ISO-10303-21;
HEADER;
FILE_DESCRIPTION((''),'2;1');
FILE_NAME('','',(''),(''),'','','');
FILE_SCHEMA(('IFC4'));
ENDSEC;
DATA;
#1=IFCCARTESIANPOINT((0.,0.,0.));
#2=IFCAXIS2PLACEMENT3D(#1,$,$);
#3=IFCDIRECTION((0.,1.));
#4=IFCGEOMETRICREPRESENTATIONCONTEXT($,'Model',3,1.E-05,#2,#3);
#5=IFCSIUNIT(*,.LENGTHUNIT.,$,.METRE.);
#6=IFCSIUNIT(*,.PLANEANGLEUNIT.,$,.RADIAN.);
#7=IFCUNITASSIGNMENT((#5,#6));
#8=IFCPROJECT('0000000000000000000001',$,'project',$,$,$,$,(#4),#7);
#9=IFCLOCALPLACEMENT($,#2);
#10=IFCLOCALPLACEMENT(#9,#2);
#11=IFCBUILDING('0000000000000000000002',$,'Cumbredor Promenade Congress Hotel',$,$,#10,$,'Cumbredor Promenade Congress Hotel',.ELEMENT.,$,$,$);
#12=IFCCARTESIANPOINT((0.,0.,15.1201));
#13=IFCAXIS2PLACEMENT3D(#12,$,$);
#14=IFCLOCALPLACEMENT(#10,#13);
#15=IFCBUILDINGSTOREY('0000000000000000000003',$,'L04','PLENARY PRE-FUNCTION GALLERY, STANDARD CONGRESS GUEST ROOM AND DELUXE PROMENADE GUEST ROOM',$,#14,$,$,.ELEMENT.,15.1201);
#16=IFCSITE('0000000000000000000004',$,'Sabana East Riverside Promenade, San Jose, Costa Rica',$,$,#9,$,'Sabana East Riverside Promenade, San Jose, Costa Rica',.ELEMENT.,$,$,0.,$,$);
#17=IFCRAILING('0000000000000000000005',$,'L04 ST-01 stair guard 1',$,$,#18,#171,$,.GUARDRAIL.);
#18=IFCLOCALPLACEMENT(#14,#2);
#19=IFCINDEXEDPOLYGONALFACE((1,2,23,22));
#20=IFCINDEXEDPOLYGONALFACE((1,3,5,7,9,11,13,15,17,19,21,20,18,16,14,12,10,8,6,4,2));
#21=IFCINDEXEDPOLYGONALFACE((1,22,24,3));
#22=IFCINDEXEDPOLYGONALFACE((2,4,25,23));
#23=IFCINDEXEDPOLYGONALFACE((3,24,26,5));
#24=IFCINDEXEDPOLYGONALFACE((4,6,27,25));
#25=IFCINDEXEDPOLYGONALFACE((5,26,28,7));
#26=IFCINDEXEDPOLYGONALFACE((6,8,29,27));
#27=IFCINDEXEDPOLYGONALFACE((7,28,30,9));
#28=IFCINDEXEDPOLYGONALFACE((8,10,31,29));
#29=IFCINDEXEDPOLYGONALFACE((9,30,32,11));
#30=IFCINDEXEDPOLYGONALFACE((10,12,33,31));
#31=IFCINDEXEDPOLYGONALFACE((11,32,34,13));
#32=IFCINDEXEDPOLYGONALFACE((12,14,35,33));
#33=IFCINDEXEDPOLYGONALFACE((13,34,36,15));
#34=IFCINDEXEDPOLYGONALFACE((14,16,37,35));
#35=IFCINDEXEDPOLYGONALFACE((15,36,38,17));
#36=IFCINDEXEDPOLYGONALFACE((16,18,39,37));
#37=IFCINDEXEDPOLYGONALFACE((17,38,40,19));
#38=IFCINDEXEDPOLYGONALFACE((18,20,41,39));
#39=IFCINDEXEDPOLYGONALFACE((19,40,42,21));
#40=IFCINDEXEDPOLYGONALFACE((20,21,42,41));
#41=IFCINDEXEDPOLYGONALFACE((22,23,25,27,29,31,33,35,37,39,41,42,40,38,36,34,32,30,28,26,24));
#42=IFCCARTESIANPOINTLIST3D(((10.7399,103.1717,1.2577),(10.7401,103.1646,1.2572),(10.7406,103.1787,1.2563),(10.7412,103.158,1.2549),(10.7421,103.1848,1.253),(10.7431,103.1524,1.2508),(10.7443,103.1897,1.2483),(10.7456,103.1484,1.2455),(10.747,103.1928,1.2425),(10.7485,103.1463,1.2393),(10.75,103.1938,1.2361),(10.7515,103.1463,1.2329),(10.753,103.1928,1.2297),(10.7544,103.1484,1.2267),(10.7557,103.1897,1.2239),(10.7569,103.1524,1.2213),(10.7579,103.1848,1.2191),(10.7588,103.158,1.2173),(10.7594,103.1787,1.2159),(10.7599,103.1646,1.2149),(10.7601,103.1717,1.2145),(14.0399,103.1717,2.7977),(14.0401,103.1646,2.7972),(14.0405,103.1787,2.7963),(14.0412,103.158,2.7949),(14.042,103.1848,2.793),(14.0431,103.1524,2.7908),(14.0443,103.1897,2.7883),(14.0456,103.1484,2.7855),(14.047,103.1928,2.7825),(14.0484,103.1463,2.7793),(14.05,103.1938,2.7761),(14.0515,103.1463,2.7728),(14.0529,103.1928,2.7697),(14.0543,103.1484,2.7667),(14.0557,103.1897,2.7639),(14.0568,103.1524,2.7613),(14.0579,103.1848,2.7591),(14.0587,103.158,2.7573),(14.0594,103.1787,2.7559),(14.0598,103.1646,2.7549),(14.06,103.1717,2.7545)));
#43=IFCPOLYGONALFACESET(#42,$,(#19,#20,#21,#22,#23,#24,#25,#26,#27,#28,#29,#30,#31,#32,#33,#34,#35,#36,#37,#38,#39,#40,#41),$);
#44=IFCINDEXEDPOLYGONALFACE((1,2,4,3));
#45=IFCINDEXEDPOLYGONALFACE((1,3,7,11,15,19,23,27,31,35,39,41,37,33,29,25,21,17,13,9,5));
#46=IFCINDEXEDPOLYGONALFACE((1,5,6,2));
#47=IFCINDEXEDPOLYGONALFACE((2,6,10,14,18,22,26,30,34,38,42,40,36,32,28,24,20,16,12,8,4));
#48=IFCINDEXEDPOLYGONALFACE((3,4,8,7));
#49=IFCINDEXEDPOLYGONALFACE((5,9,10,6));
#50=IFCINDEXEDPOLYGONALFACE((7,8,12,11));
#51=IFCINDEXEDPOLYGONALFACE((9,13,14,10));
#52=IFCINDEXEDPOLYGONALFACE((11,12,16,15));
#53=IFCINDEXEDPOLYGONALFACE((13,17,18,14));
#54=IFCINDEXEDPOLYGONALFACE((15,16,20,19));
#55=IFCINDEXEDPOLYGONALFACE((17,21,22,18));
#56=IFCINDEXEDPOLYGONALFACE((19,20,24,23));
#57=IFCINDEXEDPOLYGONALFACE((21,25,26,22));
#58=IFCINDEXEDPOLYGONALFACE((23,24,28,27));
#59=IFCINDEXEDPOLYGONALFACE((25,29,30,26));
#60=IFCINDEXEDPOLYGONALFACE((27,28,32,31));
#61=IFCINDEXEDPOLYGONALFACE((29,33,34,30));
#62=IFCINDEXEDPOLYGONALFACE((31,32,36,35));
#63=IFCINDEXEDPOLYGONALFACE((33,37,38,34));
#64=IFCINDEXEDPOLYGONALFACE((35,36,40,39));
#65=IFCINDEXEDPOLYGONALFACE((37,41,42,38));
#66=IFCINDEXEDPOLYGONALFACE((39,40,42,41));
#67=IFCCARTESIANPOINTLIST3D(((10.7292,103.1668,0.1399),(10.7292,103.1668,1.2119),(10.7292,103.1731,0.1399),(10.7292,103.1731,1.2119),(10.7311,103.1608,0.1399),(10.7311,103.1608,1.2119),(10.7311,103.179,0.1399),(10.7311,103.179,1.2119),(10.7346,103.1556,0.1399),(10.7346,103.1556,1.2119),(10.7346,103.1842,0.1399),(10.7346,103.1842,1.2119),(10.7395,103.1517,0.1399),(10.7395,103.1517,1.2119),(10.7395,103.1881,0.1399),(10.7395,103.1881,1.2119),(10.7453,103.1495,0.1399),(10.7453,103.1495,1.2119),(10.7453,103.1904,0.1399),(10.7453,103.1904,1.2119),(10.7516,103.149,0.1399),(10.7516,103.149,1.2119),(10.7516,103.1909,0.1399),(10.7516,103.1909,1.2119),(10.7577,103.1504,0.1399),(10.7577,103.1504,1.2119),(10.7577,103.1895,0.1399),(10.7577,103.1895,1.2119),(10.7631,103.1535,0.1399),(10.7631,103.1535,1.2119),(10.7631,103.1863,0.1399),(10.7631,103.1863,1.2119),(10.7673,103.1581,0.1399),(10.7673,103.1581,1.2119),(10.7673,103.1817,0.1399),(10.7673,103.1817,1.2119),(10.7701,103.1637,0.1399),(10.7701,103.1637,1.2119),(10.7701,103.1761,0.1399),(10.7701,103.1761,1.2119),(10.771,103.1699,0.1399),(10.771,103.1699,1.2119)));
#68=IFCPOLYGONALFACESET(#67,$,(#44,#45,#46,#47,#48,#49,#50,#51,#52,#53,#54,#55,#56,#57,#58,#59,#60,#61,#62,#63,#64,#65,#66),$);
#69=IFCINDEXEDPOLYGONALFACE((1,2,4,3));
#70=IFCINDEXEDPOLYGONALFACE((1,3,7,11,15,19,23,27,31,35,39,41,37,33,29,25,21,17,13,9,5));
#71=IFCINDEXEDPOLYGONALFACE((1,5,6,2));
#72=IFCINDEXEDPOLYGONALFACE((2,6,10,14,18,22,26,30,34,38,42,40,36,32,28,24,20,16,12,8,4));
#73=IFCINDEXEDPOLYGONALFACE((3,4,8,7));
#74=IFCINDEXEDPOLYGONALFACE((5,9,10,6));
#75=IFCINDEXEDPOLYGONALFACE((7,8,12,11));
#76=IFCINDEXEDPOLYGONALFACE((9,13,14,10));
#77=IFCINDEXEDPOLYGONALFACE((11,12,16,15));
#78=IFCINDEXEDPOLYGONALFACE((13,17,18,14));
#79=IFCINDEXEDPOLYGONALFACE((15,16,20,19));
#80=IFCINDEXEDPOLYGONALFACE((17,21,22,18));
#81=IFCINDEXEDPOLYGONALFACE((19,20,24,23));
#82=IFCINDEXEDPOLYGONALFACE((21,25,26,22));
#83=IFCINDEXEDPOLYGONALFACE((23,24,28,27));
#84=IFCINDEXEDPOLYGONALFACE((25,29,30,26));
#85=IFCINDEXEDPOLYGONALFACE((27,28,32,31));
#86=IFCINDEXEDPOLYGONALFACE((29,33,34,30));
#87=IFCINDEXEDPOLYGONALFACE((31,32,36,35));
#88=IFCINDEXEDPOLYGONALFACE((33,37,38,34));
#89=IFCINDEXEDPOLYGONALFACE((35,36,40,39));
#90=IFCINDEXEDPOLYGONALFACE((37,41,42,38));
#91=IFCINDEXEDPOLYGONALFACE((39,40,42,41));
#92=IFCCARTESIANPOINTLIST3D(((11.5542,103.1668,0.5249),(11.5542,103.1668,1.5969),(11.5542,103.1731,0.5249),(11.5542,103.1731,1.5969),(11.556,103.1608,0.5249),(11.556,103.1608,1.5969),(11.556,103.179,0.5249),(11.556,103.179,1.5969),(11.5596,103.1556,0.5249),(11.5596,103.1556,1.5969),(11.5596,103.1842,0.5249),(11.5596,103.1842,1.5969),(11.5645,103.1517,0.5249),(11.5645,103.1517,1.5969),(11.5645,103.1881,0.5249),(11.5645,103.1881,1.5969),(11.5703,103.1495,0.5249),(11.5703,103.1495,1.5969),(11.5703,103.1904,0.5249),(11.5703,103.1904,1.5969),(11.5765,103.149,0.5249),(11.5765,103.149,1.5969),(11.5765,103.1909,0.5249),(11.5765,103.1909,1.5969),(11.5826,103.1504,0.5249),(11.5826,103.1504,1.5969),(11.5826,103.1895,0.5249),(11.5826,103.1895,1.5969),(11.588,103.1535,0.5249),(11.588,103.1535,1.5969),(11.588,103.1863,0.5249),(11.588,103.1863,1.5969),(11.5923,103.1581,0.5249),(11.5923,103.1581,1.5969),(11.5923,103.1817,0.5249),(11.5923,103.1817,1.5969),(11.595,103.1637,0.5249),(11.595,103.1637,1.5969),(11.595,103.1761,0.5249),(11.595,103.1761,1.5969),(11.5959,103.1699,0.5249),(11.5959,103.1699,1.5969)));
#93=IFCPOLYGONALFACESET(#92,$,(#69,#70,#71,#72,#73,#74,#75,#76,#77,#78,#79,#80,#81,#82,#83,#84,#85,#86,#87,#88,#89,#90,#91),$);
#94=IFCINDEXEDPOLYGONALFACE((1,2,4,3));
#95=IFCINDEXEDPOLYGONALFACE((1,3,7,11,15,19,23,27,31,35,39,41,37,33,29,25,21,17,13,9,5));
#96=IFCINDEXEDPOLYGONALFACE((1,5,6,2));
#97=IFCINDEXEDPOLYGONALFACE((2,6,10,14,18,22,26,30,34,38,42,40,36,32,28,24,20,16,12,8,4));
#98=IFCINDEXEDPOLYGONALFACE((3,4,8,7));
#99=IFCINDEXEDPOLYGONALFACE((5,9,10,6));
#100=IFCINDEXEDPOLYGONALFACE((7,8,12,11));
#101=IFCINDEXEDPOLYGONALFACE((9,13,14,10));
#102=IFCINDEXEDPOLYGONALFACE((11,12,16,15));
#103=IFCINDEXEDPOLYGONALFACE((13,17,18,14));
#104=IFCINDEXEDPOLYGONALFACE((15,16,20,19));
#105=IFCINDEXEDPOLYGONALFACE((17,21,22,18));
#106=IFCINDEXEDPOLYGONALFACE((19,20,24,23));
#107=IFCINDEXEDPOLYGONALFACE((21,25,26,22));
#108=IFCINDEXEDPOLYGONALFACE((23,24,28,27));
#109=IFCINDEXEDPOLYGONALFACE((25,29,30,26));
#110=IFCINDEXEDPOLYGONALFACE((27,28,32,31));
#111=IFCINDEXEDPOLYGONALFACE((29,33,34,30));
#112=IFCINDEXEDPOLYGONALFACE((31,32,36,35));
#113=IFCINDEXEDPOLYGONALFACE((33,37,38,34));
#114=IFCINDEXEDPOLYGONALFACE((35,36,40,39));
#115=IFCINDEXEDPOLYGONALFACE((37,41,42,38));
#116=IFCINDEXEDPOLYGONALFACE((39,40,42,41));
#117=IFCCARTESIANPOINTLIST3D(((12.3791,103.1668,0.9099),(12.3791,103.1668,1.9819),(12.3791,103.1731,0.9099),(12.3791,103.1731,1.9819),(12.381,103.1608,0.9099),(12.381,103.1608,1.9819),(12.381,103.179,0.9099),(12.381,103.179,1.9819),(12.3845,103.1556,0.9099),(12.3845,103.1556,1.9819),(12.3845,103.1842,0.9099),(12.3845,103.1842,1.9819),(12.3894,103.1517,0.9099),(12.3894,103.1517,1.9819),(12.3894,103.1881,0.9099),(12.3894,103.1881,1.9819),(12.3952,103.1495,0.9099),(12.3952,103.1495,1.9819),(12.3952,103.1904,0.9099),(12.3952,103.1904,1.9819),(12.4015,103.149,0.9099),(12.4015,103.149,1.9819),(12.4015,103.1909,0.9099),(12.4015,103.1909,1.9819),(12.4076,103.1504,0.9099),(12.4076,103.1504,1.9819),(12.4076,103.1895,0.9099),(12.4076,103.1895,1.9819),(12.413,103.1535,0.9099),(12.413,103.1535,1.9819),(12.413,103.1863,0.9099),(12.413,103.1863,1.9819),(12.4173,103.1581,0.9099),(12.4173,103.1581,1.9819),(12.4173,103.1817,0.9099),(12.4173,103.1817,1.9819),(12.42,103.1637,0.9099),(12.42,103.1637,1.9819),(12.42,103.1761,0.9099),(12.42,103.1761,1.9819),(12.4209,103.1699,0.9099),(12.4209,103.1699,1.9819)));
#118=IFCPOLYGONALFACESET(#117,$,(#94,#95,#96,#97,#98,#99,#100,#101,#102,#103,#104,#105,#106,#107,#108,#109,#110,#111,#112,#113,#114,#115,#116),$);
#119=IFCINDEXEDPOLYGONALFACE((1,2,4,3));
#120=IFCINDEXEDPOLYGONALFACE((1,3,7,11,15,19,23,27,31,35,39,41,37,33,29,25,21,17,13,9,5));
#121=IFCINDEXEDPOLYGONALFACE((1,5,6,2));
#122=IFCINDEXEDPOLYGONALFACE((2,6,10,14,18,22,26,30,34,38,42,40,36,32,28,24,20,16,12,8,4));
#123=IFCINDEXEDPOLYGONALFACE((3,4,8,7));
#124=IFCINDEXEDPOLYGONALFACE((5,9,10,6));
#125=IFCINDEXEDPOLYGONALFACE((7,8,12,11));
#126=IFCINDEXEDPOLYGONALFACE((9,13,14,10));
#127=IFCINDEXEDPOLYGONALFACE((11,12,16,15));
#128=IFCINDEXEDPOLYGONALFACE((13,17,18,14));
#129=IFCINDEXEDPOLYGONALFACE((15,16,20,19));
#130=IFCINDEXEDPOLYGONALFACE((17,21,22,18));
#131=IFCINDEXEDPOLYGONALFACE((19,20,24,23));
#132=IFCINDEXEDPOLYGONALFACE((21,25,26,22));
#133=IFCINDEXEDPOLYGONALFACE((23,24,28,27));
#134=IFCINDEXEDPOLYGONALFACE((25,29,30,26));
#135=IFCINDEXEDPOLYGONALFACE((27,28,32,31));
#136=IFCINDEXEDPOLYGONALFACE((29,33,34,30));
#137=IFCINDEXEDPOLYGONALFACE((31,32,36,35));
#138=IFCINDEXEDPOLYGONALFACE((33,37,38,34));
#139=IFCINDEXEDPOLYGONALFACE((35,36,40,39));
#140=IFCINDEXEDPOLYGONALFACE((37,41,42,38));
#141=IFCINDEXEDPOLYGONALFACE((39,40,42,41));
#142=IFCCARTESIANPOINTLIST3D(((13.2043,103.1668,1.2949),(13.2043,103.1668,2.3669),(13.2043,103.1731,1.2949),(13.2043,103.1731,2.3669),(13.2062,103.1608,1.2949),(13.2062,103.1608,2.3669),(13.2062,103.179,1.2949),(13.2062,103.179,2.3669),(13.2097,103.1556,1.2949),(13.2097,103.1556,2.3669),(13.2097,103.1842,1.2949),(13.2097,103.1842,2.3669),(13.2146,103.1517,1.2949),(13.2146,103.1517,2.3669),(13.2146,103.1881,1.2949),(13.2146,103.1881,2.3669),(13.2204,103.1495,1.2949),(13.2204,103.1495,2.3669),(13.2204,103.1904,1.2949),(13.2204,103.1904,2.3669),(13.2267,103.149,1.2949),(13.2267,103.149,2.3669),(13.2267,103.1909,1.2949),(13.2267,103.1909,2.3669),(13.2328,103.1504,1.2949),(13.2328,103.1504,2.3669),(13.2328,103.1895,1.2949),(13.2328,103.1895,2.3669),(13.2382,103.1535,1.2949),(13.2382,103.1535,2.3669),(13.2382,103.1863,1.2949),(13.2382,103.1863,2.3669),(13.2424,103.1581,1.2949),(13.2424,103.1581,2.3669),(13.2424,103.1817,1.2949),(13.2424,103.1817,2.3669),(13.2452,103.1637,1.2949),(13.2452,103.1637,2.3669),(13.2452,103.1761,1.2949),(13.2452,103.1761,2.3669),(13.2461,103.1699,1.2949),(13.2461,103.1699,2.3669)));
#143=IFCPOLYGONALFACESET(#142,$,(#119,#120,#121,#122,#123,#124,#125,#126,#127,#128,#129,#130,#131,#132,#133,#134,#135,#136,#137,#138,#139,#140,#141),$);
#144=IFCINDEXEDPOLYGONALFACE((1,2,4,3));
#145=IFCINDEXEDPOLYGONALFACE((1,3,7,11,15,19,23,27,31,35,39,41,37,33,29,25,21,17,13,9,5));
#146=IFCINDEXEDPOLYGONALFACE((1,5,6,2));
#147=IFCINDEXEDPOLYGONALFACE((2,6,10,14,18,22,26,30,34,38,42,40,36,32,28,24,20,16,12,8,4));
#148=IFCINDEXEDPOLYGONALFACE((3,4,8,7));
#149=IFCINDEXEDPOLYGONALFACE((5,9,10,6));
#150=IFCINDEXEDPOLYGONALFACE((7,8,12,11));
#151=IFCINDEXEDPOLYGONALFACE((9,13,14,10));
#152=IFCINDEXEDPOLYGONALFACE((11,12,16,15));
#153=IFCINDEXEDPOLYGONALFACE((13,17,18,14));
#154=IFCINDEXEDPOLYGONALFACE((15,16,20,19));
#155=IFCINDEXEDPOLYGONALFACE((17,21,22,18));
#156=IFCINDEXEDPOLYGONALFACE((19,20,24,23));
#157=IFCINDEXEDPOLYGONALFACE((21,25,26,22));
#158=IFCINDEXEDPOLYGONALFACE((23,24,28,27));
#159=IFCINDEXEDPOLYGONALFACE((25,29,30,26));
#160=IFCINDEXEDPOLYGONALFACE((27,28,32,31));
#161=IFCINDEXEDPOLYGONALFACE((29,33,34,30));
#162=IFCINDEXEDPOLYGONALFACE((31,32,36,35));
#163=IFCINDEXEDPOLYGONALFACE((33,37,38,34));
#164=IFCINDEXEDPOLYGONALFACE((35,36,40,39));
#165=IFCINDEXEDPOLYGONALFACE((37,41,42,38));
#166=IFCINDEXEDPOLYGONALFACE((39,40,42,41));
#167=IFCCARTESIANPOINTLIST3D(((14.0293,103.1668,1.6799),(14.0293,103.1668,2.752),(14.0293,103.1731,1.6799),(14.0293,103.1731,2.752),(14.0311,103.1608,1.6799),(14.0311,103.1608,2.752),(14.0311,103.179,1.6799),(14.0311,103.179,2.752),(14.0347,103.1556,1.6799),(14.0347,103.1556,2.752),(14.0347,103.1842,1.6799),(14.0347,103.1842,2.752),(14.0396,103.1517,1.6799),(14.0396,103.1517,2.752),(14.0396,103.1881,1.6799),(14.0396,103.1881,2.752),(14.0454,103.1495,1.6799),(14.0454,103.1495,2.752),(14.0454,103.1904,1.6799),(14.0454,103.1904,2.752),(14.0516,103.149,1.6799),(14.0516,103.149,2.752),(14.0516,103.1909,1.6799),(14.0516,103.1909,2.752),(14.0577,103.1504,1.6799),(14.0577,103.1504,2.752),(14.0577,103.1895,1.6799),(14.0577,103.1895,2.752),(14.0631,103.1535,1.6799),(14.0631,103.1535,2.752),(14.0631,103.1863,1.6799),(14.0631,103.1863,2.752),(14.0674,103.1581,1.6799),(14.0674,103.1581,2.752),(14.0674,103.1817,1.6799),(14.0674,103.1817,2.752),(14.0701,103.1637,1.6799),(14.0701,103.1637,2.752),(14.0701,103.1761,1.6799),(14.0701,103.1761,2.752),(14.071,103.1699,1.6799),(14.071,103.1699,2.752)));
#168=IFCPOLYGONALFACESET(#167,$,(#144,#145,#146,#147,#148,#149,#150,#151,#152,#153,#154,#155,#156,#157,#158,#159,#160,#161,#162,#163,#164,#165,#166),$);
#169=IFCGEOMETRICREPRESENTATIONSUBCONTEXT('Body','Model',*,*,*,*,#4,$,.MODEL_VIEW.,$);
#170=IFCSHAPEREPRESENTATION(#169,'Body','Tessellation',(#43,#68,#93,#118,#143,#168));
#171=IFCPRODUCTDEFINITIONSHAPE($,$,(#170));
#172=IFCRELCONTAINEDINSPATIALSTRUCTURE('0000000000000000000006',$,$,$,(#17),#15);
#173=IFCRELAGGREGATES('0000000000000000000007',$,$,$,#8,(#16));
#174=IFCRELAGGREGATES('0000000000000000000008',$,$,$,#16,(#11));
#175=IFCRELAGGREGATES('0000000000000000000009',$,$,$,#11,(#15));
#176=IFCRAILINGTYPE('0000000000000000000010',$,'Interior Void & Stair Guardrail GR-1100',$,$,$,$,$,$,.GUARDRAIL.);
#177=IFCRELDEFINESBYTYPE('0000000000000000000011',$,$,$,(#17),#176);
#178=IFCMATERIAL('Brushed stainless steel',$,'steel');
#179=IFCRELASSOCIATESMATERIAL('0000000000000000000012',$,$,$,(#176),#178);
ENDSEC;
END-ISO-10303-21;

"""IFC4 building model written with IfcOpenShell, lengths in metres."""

from ifc_helpers import new_model, si_unit, direction, frame, origin, origin_2d, place, context, subcontext, project, spatial, circle, extrude, material, type_object, element, save


model = new_model("IFC4")

# Units and contexts
model_context = context("Model", 3, precision=1e-05, world=origin(), true_north=direction((0.0, 1.0)))
body_context = subcontext(model_context, "Body", "Model", "MODEL_VIEW")
ifc_project = project(units=[si_unit("LENGTHUNIT", "METRE"), si_unit("PLANEANGLEUNIT", "RADIAN")], contexts=[model_context])

# Site, building, storey
site_placement = place(None, origin())
site = spatial("IfcSite", under=ifc_project, at=site_placement, Name="Sabana East Riverside Promenade, San Jose, Costa Rica", LongName="Sabana East Riverside Promenade, San Jose, Costa Rica", CompositionType="ELEMENT", RefElevation=0.0)
building_placement = place(site_placement, origin())
building = spatial("IfcBuilding", under=site, at=building_placement, Name="Cumbredor Promenade Congress Hotel", LongName="Cumbredor Promenade Congress Hotel", CompositionType="ELEMENT")
storey_placement = place(building_placement, frame((0.0, 0.0, 15.1201)))
storey = spatial("IfcBuildingStorey", under=building, at=storey_placement, Name="L04", Description="PLENARY PRE-FUNCTION GALLERY, STANDARD CONGRESS GUEST ROOM AND DELUXE PROMENADE GUEST ROOM", CompositionType="ELEMENT", Elevation=15.1201)

# Railing
ifc_material_1 = material(Name="Brushed stainless steel", Category="steel")
railing_type_1 = type_object("IfcRailingType", Name="Interior Void & Stair Guardrail GR-1100", PredefinedType="GUARDRAIL", material=ifc_material_1)
railing_1_placement = place(storey_placement, frame((10.75, 103.1699, 0.1399)))
element("IfcRailing", 1, at=railing_1_placement, inside=storey, type_object=railing_type_1, Name="L04 ST-01 stair guard 1", PredefinedType="GUARDRAIL", context=body_context, shape_type="SweptSolid", body=[
    extrude(circle(Radius=0.0239, at=origin_2d()), frame((0.0, 0.0, 1.0962), z_axis=(0.906181, 0.0, 0.422889), x_axis=(0.0, 1.0, 0.0)), (0.0, 0.0, 1.0), 3.6416),
    extrude(circle(Radius=0.021, at=origin_2d()), origin(), (0.0, 0.0, 1.0), 1.072),
    extrude(circle(Radius=0.021, at=origin_2d()), frame((0.825, 0.0, 0.385)), (0.0, 0.0, 1.0), 1.072),
    extrude(circle(Radius=0.021, at=origin_2d()), frame((1.6499, 0.0, 0.77)), (0.0, 0.0, 1.0), 1.072),
    extrude(circle(Radius=0.021, at=origin_2d()), frame((2.4751, 0.0, 1.155)), (0.0, 0.0, 1.0), 1.072),
    extrude(circle(Radius=0.021, at=origin_2d()), frame((3.3, 0.0, 1.54)), (0.0, 0.0, 1.0), 1.072),
])

save(model, "model.ifc")
